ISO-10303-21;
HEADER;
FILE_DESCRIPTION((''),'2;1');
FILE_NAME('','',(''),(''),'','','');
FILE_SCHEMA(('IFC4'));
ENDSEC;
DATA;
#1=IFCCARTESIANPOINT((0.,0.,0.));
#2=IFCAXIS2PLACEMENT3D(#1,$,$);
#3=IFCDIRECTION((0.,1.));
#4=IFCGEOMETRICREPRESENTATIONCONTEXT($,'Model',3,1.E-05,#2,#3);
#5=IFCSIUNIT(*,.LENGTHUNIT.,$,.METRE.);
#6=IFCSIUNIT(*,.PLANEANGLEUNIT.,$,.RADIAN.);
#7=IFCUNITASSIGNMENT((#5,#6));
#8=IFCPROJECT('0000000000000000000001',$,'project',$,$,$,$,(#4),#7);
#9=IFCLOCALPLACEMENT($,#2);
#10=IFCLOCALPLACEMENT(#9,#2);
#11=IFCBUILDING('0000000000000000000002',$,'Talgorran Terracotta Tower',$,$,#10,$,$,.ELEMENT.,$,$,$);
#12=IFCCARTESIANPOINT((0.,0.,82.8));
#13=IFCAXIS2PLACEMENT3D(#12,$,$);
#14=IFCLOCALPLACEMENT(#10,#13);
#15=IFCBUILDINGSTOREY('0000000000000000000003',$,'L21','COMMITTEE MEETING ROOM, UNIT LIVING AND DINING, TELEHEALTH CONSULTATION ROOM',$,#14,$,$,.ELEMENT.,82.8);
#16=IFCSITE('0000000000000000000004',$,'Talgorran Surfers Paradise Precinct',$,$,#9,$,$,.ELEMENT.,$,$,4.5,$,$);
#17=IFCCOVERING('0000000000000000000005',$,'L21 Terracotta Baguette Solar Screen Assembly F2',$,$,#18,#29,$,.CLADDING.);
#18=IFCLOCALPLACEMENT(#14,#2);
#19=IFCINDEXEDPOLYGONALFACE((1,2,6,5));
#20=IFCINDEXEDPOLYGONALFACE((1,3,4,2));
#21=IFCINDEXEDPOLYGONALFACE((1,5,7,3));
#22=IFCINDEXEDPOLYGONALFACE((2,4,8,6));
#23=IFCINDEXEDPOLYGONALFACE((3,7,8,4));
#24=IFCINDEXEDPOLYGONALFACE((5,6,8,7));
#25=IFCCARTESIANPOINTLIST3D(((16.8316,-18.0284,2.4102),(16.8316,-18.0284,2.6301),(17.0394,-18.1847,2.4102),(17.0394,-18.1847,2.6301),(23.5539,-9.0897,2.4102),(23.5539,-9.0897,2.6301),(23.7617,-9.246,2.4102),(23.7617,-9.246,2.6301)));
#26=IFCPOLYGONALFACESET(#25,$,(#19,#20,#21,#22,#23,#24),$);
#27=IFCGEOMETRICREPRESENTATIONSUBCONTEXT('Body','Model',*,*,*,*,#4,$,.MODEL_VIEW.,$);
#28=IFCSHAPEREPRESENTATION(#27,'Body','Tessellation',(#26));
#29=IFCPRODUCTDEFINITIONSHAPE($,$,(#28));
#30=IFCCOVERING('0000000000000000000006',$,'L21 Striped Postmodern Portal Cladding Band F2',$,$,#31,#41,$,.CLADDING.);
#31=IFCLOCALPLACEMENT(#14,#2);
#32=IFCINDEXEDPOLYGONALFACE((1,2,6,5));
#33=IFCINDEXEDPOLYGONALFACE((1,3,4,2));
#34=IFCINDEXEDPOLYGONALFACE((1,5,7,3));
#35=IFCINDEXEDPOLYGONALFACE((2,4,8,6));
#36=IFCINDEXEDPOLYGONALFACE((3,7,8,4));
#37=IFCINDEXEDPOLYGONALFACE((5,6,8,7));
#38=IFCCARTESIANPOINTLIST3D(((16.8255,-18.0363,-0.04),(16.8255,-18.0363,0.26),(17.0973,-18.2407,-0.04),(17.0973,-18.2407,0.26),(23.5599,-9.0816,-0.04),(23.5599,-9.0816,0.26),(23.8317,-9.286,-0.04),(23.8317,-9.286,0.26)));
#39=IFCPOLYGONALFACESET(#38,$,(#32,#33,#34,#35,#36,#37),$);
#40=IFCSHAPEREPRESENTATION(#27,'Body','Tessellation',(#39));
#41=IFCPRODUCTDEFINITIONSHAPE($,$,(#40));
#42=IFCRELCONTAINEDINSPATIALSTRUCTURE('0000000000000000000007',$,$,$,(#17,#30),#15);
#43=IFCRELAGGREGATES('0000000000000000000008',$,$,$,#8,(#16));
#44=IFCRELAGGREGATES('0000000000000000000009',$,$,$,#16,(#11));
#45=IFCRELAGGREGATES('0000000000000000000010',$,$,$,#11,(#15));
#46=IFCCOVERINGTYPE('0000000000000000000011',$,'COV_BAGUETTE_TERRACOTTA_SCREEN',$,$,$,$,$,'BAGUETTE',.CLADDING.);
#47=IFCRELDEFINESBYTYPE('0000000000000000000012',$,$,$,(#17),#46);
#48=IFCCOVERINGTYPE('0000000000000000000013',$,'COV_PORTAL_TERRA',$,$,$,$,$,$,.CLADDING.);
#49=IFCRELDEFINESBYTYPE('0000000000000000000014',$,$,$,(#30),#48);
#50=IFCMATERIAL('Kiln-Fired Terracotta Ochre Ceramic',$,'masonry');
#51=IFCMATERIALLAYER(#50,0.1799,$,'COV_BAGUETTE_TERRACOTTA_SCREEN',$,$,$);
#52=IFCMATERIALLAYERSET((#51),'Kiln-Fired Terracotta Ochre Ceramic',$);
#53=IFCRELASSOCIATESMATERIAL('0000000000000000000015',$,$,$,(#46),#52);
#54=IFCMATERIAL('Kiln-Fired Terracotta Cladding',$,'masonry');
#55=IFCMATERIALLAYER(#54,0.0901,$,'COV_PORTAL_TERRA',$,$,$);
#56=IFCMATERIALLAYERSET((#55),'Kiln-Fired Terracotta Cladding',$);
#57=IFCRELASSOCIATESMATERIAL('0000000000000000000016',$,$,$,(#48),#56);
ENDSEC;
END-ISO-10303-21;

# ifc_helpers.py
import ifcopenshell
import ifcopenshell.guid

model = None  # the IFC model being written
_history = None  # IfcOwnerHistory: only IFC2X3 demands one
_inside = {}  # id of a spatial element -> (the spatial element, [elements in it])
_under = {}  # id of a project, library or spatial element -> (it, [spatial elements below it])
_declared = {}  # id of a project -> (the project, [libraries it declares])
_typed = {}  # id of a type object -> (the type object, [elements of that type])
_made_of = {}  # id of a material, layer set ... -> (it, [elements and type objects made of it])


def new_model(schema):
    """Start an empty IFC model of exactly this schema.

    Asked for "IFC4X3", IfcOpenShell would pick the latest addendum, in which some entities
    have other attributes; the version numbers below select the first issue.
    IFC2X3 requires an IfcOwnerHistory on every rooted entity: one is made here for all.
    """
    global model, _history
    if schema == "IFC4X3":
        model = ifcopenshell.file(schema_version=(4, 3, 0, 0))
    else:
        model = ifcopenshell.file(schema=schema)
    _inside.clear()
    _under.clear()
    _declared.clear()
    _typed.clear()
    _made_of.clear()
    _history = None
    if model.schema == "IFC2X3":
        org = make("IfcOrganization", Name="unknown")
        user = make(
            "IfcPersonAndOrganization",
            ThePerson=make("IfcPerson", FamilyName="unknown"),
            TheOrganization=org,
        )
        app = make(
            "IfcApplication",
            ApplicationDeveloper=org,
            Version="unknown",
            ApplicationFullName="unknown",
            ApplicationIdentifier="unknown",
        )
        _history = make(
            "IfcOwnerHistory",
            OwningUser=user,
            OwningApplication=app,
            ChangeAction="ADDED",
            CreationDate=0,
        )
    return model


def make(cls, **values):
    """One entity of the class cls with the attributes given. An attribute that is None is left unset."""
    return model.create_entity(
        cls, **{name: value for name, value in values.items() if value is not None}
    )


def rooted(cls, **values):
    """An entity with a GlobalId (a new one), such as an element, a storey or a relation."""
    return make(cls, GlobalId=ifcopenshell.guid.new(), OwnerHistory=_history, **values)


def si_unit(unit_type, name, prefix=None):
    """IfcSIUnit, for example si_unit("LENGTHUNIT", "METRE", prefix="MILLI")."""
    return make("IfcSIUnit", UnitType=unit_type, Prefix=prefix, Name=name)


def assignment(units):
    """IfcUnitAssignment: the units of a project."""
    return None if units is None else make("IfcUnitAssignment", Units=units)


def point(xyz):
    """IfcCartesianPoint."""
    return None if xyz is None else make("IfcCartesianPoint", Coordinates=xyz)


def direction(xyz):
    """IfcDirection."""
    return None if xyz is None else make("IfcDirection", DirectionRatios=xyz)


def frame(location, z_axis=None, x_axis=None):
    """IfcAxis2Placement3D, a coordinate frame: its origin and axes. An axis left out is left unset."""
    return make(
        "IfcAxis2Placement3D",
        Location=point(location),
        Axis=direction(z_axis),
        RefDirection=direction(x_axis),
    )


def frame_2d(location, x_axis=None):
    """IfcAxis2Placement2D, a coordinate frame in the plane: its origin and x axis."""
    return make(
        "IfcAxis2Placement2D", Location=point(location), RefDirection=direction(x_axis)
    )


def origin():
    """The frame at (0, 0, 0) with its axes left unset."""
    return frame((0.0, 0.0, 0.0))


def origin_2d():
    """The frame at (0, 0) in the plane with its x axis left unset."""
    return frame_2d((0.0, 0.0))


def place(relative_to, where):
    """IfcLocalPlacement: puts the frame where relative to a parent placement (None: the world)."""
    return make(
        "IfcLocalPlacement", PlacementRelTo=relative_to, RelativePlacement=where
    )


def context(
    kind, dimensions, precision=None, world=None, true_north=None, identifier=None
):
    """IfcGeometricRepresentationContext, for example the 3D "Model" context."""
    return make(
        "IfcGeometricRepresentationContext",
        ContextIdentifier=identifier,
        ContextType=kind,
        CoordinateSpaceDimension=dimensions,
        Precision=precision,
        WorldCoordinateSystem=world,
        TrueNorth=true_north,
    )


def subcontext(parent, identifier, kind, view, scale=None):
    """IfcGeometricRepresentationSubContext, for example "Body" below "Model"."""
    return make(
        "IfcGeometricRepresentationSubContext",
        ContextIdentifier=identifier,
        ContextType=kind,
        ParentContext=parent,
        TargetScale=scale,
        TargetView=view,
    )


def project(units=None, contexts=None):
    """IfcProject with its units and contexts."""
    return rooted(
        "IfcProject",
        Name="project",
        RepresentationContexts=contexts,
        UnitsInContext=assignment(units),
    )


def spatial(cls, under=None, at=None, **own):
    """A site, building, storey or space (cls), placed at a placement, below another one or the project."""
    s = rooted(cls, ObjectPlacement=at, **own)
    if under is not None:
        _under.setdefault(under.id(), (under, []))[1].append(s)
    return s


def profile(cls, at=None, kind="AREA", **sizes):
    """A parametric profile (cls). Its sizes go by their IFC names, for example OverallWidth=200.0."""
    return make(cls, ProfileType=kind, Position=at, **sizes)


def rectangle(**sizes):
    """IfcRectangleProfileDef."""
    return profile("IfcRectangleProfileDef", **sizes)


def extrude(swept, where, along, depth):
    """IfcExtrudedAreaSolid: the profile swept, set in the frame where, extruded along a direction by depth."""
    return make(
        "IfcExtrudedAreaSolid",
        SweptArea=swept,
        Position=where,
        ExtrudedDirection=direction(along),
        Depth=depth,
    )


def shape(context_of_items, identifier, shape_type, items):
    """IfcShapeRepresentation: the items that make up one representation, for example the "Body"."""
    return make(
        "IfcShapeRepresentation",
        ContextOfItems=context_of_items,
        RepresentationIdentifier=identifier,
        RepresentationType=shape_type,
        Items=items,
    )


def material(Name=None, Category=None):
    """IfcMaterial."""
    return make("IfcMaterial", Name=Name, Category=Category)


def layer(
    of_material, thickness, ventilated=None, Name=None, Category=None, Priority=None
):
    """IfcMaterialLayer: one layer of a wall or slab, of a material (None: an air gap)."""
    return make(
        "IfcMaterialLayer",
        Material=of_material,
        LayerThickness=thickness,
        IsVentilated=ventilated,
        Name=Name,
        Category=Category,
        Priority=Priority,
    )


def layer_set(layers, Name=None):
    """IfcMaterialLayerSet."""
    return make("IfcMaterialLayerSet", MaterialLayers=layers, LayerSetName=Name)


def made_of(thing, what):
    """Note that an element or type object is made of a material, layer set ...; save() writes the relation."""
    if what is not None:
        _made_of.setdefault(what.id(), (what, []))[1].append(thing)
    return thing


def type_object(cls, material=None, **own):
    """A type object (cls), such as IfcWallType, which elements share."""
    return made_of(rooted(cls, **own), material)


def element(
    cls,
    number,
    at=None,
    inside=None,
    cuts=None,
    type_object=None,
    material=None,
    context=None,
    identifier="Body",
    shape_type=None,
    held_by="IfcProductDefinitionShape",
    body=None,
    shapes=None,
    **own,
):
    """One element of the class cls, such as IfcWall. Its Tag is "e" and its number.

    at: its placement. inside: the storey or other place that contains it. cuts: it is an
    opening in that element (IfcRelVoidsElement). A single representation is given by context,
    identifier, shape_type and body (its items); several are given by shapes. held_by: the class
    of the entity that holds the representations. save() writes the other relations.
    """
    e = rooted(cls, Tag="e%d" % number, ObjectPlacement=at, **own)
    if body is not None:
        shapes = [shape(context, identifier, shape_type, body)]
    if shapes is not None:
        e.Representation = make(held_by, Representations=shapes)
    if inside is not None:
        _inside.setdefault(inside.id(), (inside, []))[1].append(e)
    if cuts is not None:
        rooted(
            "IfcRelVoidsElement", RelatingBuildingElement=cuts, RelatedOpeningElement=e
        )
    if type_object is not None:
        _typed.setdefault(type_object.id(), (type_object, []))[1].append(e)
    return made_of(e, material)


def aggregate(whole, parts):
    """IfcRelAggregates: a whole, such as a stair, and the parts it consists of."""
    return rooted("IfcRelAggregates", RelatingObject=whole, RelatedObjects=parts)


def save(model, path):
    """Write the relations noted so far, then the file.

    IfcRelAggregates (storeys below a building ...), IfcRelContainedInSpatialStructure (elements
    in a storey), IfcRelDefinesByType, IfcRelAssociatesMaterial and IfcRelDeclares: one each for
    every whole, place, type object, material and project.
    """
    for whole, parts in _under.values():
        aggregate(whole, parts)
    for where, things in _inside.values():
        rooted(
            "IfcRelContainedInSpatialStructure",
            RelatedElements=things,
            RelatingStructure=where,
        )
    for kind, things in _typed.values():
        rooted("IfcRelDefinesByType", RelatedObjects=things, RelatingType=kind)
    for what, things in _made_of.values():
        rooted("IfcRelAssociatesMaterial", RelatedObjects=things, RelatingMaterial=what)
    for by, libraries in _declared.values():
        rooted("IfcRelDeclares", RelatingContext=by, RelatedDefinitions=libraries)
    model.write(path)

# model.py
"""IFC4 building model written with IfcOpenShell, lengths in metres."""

from ifc_helpers import new_model, si_unit, direction, frame, origin, origin_2d, place, context, subcontext, project, spatial, rectangle, extrude, material, layer, layer_set, type_object, element, save


model = new_model("IFC4")

# Units and contexts
model_context = context("Model", 3, precision=1e-05, world=origin(), true_north=direction((0.0, 1.0)))
body_context = subcontext(model_context, "Body", "Model", "MODEL_VIEW")
ifc_project = project(units=[si_unit("LENGTHUNIT", "METRE"), si_unit("PLANEANGLEUNIT", "RADIAN")], contexts=[model_context])

# Site, building, storey
site_placement = place(None, origin())
site = spatial("IfcSite", under=ifc_project, at=site_placement, Name="Talgorran Surfers Paradise Precinct", CompositionType="ELEMENT", RefElevation=4.5)
building_placement = place(site_placement, origin())
building = spatial("IfcBuilding", under=site, at=building_placement, Name="Talgorran Terracotta Tower", CompositionType="ELEMENT")
storey_placement = place(building_placement, frame((0.0, 0.0, 82.8)))
storey = spatial("IfcBuildingStorey", under=building, at=storey_placement, Name="L21", Description="COMMITTEE MEETING ROOM, UNIT LIVING AND DINING, TELEHEALTH CONSULTATION ROOM", CompositionType="ELEMENT", Elevation=82.8)

# Coverings
ifc_material_1 = material(Name="Kiln-Fired Terracotta Ochre Ceramic", Category="masonry")
ifc_layer_1 = layer(ifc_material_1, 0.1799, Name="COV_BAGUETTE_TERRACOTTA_SCREEN")
ifc_layer_set_1 = layer_set([ifc_layer_1], Name="Kiln-Fired Terracotta Ochre Ceramic")
covering_type_1 = type_object("IfcCoveringType", Name="COV_BAGUETTE_TERRACOTTA_SCREEN", ElementType="BAGUETTE", PredefinedType="CLADDING", material=ifc_layer_set_1)
covering_1_placement = place(storey_placement, frame((20.2966, -13.6372, 2.4102), z_axis=(0.0, 0.0, 1.0), x_axis=(0.601048, 0.799213, 0.0)))
element("IfcCovering", 1, at=covering_1_placement, inside=storey, type_object=covering_type_1, Name="L21 Terracotta Baguette Solar Screen Assembly F2", PredefinedType="CLADDING", context=body_context, shape_type="SweptSolid", body=[
    extrude(rectangle(XDim=11.1843, YDim=0.26, at=origin_2d()), origin(), (0.0, 0.0, 1.0), 0.22),
])
ifc_material_2 = material(Name="Kiln-Fired Terracotta Cladding", Category="masonry")
ifc_layer_2 = layer(ifc_material_2, 0.0901, Name="COV_PORTAL_TERRA")
ifc_layer_set_2 = layer_set([ifc_layer_2], Name="Kiln-Fired Terracotta Cladding")
covering_type_2 = type_object("IfcCoveringType", Name="COV_PORTAL_TERRA", PredefinedType="CLADDING", material=ifc_layer_set_2)
covering_2_placement = place(storey_placement, frame((20.3286, -13.6611, -0.04), z_axis=(0.0, 0.0, 1.0), x_axis=(0.601048, 0.799213, 0.0)))
element("IfcCovering", 2, at=covering_2_placement, inside=storey, type_object=covering_type_2, Name="L21 Striped Postmodern Portal Cladding Band F2", PredefinedType="CLADDING", context=body_context, shape_type="SweptSolid", body=[
    extrude(rectangle(XDim=11.2043, YDim=0.3401, at=origin_2d()), origin(), (0.0, 0.0, 1.0), 0.3),
])

save(model, "model.ifc")
